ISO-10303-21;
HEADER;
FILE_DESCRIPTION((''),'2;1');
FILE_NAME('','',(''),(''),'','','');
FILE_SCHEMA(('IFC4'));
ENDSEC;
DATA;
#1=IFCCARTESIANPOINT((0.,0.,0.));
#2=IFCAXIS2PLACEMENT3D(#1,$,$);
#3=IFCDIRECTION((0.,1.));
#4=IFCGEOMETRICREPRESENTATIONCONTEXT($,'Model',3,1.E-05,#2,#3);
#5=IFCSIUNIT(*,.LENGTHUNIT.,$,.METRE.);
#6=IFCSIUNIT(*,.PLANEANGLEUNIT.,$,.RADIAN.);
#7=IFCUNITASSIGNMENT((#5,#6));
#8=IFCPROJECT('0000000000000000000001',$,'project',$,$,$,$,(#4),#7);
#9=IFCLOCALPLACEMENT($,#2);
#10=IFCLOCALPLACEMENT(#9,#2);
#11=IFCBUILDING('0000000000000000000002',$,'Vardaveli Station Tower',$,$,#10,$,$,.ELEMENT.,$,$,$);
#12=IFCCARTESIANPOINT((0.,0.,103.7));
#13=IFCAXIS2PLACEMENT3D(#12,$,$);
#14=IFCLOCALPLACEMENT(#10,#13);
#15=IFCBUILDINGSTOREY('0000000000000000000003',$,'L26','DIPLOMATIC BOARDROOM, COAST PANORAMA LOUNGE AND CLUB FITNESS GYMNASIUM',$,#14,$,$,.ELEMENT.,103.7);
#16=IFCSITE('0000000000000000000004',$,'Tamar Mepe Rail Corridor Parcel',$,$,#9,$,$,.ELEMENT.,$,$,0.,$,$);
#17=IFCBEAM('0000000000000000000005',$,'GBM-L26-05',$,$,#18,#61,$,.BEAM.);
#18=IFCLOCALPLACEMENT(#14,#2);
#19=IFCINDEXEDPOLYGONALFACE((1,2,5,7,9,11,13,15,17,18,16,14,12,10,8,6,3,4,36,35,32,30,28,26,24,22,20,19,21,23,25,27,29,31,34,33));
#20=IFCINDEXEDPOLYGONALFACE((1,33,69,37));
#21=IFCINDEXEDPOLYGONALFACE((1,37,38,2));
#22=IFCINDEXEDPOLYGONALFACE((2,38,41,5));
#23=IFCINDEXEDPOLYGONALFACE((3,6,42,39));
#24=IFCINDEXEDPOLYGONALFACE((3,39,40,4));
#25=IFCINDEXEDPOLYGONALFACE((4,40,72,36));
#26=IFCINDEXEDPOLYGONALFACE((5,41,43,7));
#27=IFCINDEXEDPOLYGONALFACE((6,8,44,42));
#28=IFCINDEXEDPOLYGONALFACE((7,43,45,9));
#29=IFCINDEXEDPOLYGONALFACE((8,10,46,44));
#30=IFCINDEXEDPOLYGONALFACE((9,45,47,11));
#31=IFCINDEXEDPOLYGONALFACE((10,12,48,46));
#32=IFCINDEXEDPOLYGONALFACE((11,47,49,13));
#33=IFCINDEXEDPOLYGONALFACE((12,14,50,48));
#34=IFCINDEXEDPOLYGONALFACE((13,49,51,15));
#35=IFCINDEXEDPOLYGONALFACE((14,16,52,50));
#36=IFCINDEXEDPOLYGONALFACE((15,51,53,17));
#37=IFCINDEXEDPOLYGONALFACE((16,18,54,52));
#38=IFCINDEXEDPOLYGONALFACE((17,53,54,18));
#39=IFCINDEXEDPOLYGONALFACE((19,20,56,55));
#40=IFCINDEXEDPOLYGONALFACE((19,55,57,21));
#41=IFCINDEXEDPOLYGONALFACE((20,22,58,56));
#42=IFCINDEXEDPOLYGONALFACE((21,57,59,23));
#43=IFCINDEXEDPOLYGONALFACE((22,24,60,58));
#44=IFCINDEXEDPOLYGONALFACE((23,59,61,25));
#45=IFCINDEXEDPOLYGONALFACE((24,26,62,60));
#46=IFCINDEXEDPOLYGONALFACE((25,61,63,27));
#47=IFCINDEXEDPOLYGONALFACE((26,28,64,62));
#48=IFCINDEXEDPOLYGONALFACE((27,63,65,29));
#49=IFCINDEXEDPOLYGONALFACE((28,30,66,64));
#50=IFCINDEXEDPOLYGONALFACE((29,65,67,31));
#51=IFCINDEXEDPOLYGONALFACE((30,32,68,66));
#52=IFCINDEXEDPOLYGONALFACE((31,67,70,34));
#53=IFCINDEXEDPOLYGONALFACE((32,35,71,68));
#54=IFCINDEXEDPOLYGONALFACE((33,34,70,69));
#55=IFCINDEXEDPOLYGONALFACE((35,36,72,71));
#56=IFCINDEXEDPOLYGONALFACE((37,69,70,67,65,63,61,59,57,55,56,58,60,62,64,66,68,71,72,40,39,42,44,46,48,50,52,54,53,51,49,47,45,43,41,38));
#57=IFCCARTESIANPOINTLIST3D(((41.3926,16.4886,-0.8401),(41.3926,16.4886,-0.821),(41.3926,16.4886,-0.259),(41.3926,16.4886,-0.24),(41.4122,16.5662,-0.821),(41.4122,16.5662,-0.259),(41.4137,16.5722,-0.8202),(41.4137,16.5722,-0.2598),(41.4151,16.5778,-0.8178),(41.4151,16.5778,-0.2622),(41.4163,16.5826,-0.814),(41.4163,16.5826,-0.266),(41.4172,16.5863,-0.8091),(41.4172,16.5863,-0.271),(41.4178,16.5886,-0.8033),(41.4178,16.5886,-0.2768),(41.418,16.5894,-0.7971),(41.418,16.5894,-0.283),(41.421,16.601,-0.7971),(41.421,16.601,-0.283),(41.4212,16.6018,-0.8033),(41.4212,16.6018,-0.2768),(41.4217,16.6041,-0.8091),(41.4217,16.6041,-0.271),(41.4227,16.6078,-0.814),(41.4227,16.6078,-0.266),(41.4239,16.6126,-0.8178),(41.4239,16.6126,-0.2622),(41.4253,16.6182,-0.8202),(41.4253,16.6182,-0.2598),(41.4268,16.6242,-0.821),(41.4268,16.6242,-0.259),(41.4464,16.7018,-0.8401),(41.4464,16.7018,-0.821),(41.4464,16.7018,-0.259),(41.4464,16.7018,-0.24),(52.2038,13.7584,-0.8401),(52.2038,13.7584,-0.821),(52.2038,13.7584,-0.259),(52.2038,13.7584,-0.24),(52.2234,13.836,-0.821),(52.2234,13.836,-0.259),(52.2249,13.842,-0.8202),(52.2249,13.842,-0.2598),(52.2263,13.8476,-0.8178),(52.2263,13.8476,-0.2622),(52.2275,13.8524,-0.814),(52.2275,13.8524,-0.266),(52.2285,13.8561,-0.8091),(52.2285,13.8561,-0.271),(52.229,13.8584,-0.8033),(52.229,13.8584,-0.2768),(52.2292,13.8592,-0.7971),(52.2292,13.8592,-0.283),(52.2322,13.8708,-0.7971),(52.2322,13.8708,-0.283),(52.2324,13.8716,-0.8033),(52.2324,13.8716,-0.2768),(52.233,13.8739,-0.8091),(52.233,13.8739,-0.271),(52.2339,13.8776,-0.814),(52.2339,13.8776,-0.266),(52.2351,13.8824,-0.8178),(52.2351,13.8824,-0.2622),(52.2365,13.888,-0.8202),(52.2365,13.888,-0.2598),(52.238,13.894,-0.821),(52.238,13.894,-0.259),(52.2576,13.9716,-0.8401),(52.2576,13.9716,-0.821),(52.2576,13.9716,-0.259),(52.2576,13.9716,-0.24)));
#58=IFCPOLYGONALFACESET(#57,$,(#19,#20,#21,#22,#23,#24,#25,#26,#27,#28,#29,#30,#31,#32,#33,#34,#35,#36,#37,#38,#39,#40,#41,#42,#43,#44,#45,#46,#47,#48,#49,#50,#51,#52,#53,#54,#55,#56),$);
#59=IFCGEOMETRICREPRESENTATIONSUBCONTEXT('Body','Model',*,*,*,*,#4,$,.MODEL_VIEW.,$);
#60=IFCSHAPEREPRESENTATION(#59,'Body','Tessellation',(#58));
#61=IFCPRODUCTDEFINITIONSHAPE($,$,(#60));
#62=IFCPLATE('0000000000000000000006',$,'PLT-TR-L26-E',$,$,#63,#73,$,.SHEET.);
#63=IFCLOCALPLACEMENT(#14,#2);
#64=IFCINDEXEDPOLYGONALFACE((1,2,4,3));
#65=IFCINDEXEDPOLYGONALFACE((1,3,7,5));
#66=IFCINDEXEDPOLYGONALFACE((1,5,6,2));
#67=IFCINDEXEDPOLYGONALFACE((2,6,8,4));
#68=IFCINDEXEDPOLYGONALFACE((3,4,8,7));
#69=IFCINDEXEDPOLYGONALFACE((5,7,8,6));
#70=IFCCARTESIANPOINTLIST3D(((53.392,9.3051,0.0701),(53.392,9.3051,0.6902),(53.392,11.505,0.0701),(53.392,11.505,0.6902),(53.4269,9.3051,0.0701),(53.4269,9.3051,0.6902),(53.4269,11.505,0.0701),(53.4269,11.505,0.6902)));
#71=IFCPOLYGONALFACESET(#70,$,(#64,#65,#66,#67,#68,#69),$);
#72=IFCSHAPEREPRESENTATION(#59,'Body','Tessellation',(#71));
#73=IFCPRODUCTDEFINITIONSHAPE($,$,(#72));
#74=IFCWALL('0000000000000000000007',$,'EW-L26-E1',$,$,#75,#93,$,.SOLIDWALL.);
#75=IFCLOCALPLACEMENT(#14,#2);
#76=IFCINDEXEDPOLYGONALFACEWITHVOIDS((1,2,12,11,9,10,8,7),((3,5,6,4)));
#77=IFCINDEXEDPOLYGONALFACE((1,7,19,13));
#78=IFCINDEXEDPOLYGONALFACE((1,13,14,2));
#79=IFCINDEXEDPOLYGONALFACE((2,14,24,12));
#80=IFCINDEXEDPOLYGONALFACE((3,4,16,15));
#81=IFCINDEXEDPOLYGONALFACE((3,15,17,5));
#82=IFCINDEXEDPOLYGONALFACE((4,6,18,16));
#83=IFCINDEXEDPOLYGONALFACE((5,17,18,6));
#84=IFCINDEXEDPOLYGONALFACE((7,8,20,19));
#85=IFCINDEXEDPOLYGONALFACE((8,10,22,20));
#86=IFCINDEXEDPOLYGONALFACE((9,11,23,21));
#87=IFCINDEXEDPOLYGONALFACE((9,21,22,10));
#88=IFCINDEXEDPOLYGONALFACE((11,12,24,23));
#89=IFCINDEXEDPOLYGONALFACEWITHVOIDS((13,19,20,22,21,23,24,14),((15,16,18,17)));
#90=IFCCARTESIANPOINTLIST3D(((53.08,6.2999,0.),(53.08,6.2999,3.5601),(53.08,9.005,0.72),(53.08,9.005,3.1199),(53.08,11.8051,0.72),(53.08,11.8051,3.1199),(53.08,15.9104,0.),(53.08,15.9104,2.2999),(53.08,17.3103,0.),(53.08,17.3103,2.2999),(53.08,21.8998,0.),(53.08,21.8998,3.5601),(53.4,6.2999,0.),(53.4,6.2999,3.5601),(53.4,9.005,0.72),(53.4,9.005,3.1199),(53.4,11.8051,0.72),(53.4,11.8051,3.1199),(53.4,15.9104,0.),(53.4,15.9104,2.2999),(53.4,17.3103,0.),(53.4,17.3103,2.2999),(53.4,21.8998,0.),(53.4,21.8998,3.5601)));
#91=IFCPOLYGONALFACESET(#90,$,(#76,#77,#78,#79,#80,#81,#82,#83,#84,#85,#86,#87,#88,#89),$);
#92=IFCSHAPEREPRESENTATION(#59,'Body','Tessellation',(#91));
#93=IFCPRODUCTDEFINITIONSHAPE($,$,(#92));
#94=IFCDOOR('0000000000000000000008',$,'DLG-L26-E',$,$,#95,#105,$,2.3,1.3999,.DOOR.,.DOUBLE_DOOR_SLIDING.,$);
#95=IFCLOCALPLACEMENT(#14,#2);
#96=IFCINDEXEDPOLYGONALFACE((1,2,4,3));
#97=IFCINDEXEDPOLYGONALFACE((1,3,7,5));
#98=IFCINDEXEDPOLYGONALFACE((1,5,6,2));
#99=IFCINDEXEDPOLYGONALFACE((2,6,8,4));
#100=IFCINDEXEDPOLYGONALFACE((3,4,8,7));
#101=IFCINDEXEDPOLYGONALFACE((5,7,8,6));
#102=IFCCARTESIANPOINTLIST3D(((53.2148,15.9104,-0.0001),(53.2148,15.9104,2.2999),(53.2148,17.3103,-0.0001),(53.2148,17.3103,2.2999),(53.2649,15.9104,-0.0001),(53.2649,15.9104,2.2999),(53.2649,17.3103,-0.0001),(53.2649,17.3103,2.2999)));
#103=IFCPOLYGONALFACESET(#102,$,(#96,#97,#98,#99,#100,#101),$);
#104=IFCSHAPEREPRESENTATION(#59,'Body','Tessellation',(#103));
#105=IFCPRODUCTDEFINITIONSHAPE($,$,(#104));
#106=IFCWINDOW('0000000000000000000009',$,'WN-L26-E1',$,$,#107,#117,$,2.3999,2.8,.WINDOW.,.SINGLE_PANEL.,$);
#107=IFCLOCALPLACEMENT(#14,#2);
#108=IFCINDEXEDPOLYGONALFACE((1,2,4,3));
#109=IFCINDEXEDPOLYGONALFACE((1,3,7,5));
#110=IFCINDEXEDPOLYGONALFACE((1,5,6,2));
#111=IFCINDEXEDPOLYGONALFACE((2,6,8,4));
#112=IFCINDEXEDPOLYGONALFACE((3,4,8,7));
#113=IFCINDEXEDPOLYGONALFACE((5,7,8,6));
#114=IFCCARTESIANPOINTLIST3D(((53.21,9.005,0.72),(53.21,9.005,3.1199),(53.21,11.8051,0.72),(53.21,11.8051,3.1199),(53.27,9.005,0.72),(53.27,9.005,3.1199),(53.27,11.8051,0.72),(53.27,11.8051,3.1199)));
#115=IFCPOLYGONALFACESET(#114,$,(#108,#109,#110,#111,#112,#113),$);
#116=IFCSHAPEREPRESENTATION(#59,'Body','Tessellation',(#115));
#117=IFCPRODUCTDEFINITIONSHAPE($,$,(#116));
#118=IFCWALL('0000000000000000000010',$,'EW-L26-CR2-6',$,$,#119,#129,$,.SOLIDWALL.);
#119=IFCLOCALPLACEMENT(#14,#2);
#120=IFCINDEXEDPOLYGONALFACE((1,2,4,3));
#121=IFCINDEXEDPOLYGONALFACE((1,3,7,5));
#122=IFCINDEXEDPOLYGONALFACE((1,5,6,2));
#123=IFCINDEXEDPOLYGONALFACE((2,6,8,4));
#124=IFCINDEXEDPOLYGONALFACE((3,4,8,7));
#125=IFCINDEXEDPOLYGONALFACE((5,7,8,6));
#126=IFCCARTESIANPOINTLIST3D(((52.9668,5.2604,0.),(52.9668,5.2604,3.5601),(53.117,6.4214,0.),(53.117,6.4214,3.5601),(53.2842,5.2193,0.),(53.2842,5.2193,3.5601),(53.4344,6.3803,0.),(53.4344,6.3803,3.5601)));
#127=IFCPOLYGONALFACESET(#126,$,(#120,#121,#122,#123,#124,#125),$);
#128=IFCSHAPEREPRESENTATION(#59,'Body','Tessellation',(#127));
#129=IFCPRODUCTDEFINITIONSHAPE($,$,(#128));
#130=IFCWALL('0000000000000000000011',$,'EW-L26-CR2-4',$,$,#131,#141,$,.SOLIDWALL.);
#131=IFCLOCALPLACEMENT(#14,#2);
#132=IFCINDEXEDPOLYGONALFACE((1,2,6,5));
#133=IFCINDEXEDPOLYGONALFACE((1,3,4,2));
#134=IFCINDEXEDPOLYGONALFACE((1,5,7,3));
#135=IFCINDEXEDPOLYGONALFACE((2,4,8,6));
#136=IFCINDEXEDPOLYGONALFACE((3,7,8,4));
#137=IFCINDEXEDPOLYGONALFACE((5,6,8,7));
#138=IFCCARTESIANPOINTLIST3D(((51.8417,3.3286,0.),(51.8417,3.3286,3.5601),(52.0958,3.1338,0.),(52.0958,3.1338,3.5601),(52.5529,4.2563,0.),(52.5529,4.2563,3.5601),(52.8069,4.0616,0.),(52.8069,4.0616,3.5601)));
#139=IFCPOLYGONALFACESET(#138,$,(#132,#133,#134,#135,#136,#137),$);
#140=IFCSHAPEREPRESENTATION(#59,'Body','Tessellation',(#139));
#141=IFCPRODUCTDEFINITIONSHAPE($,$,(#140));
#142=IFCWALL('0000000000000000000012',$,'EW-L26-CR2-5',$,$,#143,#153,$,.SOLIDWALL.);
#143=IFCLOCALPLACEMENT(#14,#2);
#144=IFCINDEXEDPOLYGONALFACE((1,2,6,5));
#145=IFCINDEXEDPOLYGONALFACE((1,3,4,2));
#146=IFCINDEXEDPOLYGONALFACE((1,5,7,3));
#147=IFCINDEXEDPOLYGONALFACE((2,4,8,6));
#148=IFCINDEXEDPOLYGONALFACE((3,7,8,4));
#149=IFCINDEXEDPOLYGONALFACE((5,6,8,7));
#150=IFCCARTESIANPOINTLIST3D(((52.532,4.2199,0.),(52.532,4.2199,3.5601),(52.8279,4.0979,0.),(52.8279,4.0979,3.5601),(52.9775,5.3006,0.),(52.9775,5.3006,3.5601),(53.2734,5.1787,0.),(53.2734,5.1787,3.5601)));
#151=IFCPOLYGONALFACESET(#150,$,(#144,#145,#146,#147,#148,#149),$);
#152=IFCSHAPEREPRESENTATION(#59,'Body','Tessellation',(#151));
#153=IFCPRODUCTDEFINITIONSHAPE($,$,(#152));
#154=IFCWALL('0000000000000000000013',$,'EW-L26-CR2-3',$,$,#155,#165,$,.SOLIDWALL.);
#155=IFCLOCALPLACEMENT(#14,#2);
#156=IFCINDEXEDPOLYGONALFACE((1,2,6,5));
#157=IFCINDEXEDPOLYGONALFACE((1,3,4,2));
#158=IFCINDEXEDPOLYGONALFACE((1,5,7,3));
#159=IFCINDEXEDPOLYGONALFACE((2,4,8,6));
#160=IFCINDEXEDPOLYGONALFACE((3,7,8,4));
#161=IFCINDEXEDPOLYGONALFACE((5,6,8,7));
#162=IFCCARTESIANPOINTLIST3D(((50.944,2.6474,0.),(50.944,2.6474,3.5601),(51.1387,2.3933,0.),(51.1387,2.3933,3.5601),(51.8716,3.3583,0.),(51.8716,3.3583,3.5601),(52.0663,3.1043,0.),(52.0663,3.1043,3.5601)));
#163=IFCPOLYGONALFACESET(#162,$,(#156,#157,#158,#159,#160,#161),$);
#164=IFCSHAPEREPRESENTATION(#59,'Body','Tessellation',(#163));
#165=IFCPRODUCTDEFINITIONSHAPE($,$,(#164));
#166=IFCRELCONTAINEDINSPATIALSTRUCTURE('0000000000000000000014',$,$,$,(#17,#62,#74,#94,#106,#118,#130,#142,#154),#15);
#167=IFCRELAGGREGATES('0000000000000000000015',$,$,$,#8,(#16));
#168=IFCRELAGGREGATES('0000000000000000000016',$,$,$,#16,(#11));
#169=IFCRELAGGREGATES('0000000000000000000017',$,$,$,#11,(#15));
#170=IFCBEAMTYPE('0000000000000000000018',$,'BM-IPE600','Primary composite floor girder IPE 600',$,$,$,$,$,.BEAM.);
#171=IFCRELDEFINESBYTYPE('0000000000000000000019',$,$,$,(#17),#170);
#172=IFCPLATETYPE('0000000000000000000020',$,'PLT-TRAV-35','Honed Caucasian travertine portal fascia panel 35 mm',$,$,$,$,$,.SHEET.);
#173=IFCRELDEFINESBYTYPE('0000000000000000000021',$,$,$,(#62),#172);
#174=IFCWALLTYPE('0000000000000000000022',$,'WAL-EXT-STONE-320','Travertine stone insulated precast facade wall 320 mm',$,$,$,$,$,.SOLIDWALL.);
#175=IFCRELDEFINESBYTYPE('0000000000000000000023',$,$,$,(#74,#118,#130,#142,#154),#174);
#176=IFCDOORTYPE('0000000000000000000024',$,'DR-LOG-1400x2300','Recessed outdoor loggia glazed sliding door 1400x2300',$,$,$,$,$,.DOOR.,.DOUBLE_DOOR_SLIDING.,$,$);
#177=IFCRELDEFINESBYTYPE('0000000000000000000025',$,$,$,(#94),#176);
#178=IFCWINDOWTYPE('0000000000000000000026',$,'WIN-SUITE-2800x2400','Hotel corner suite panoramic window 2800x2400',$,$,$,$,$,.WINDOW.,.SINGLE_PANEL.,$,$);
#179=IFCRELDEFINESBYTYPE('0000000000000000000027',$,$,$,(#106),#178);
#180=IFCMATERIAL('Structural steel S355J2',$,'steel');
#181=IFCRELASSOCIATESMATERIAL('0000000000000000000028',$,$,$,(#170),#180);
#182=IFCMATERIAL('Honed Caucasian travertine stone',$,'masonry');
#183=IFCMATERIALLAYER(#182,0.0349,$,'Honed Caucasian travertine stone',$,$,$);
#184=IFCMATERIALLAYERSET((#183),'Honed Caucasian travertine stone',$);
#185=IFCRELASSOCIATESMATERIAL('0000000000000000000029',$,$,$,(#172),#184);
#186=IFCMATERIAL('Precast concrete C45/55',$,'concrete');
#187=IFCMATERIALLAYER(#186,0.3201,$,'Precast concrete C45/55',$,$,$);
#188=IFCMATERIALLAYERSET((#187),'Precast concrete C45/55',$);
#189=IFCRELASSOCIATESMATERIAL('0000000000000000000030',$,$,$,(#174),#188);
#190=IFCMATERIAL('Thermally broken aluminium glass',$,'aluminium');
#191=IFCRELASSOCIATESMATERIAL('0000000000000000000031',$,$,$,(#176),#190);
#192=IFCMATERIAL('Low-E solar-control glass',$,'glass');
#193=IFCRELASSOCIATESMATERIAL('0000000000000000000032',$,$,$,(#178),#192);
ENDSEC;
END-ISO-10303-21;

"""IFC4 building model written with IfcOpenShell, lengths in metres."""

from ifc_helpers import new_model, si_unit, direction, frame, frame_2d, origin, origin_2d, place, context, subcontext, project, spatial, rectangle, i_section, extrude, source, transform, mapped, material, layer, layer_set, material_profile, profile_set, type_object, element, fill, save


model = new_model("IFC4")

# Units and contexts
model_context = context("Model", 3, precision=1e-05, world=origin(), true_north=direction((0.0, 1.0)))
body_context = subcontext(model_context, "Body", "Model", "MODEL_VIEW")
ifc_project = project(units=[si_unit("LENGTHUNIT", "METRE"), si_unit("PLANEANGLEUNIT", "RADIAN")], contexts=[model_context])

# Site, building, storey
site_placement = place(None, origin())
site = spatial("IfcSite", under=ifc_project, at=site_placement, Name="Tamar Mepe Rail Corridor Parcel", CompositionType="ELEMENT", RefElevation=0.0)
building_placement = place(site_placement, origin())
building = spatial("IfcBuilding", under=site, at=building_placement, Name="Vardaveli Station Tower", CompositionType="ELEMENT")
storey_placement = place(building_placement, frame((0.0, 0.0, 103.7)))
storey = spatial("IfcBuildingStorey", under=building, at=storey_placement, Name="L26", Description="DIPLOMATIC BOARDROOM, COAST PANORAMA LOUNGE AND CLUB FITNESS GYMNASIUM", CompositionType="ELEMENT", Elevation=103.7)

# Beam
ifc_material_1 = material(Name="Precast concrete C45/55", Category="concrete")
ifc_material_2 = material(Name="Structural steel S355J2", Category="steel")
ifc_material_profile_1 = material_profile(ifc_material_2, i_section(OverallWidth=0.22, OverallDepth=0.6001, WebThickness=0.012, FlangeThickness=0.019, FilletRadius=0.0239, at=origin_2d()), Name="IPE 600")
ifc_profile_set_1 = profile_set([ifc_material_profile_1], Name="Structural steel S355J2")
beam_type_1 = type_object("IfcBeamType", Name="BM-IPE600", Description="Primary composite floor girder IPE 600", PredefinedType="BEAM", material=ifc_profile_set_1)
shared_shape_1 = source(origin(), body_context, "Body", "SweptSolid", [
    extrude(i_section(OverallWidth=0.22, OverallDepth=0.6001, WebThickness=0.012, FlangeThickness=0.019, FilletRadius=0.0239, at=origin_2d()), origin(), (0.0, 0.0, 1.0), 11.1506),
])
beam_1_placement = place(storey_placement, frame((52.2307, 13.865, -0.54), z_axis=(-0.969561, 0.244848, 0.0), x_axis=(-0.244848, -0.969561, 0.0)))
element("IfcBeam", 1, at=beam_1_placement, inside=storey, type_object=beam_type_1, Name="GBM-L26-05", PredefinedType="BEAM", context=body_context, shape_type="MappedRepresentation", body=[
    mapped(shared_shape_1, transform((0.0, 0.0, 0.0), scale=1.0)),
])

# Plate
ifc_material_3 = material(Name="Honed Caucasian travertine stone", Category="masonry")
ifc_layer_1 = layer(ifc_material_3, 0.0349, Name="Honed Caucasian travertine stone")
ifc_layer_set_1 = layer_set([ifc_layer_1], Name="Honed Caucasian travertine stone")
plate_type = type_object("IfcPlateType", Name="PLT-TRAV-35", Description="Honed Caucasian travertine portal fascia panel 35 mm", PredefinedType="SHEET", material=ifc_layer_set_1)
shared_shape_2 = source(origin(), body_context, "Body", "SweptSolid", [
    extrude(rectangle(XDim=2.2, YDim=0.0349, at=origin_2d()), origin(), (0.0, 0.0, 1.0), 0.6201),
])
plate_placement = place(storey_placement, frame((53.4094, 10.405, 0.0701), z_axis=(0.0, 0.0, 1.0), x_axis=(0.0, 1.0, 0.0)))
element("IfcPlate", 2, at=plate_placement, inside=storey, type_object=plate_type, Name="PLT-TR-L26-E", PredefinedType="SHEET", context=body_context, shape_type="MappedRepresentation", body=[
    mapped(shared_shape_2, transform((0.0, 0.0, 0.0), scale=1.0)),
])

# Wall, openings, door, window
ifc_layer_2 = layer(ifc_material_1, 0.3201, Name="Precast concrete C45/55")
ifc_layer_set_2 = layer_set([ifc_layer_2], Name="Precast concrete C45/55")
wall_type_1 = type_object("IfcWallType", Name="WAL-EXT-STONE-320", Description="Travertine stone insulated precast facade wall 320 mm", PredefinedType="SOLIDWALL", material=ifc_layer_set_2)
shared_shape_3 = source(origin(), body_context, "Body", "SweptSolid", [
    extrude(rectangle(XDim=15.5999, YDim=0.3201, at=frame_2d((7.7998, 0.0))), origin(), (0.0, 0.0, 1.0), 3.5601),
])
wall_1_placement = place(storey_placement, frame((53.24, 6.3, 0.0), z_axis=(0.0, 0.0, 1.0), x_axis=(0.0, 1.0, 0.0)))
wall_1 = element("IfcWall", 3, at=wall_1_placement, inside=storey, type_object=wall_type_1, Name="EW-L26-E1", PredefinedType="SOLIDWALL", context=body_context, shape_type="MappedRepresentation", body=[
    mapped(shared_shape_3, transform((0.0, 0.0, 0.0), scale=1.0)),
])
shared_shape_4 = source(origin(), body_context, "Body", "SweptSolid", [
    extrude(rectangle(XDim=1.3999, YDim=2.3, at=frame_2d((0.7, 1.1499))), frame((0.0, 0.1699, 0.0), z_axis=(0.0, -1.0, 0.0), x_axis=(1.0, 0.0, 0.0)), (0.0, 0.0, 1.0), 0.3401),
])
opening_1_placement = place(wall_1_placement, frame((9.6104, 0.0, 0.0)))
opening_1 = element("IfcOpeningElement", 4, at=opening_1_placement, cuts=wall_1, PredefinedType="OPENING", context=body_context, shape_type="MappedRepresentation", body=[
    mapped(shared_shape_4, transform((0.0, 0.0, 0.0), scale=1.0)),
])
shared_shape_5 = source(origin(), body_context, "Body", "SweptSolid", [
    extrude(rectangle(XDim=2.8, YDim=2.3999, at=frame_2d((1.3999, 1.2))), frame((0.0, 0.1699, 0.0), z_axis=(0.0, -1.0, 0.0), x_axis=(1.0, 0.0, 0.0)), (0.0, 0.0, 1.0), 0.3401),
])
opening_2_placement = place(wall_1_placement, frame((2.7051, 0.0, 0.72)))
opening_2 = element("IfcOpeningElement", 5, at=opening_2_placement, cuts=wall_1, PredefinedType="OPENING", context=body_context, shape_type="MappedRepresentation", body=[
    mapped(shared_shape_5, transform((0.0, 0.0, 0.0), scale=1.0)),
])
ifc_material_4 = material(Name="Thermally broken aluminium glass", Category="aluminium")
door_type_1 = type_object("IfcDoorType", Name="DR-LOG-1400x2300", Description="Recessed outdoor loggia glazed sliding door 1400x2300", OperationType="DOUBLE_DOOR_SLIDING", PredefinedType="DOOR", material=ifc_material_4)
shared_shape_6 = source(origin(), body_context, "Body", "SweptSolid", [
    extrude(rectangle(XDim=1.3999, YDim=2.3, at=frame_2d((0.7, 1.1499))), frame((0.0, 0.0249, 0.0), z_axis=(0.0, -1.0, 0.0), x_axis=(1.0, 0.0, 0.0)), (0.0, 0.0, 1.0), 0.05),
])
door_1_placement = place(opening_1_placement, frame((1.3999, 0.0, 0.0), z_axis=(0.0, 0.0, 1.0), x_axis=(-1.0, 0.0, 0.0)))
door_1 = element("IfcDoor", 6, at=door_1_placement, inside=storey, type_object=door_type_1, Name="DLG-L26-E", OperationType="DOUBLE_DOOR_SLIDING", OverallHeight=2.3, OverallWidth=1.3999, PredefinedType="DOOR", context=body_context, shape_type="MappedRepresentation", body=[
    mapped(shared_shape_6, transform((0.0, 0.0, 0.0), scale=1.0)),
])
fill(opening_1, door_1)
ifc_material_5 = material(Name="Low-E solar-control glass", Category="glass")
window_type = type_object("IfcWindowType", Name="WIN-SUITE-2800x2400", Description="Hotel corner suite panoramic window 2800x2400", PartitioningType="SINGLE_PANEL", PredefinedType="WINDOW", material=ifc_material_5)
shared_shape_7 = source(origin(), body_context, "Body", "SweptSolid", [
    extrude(rectangle(XDim=2.8, YDim=2.3999, at=frame_2d((1.3999, 1.2))), frame((0.0, 0.03, 0.0), z_axis=(0.0, -1.0, 0.0), x_axis=(1.0, 0.0, 0.0)), (0.0, 0.0, 1.0), 0.0601),
])
window_placement = place(opening_2_placement, origin())
window = element("IfcWindow", 7, at=window_placement, inside=storey, type_object=window_type, Name="WN-L26-E1", OverallHeight=2.3999, OverallWidth=2.8, PartitioningType="SINGLE_PANEL", PredefinedType="WINDOW", context=body_context, shape_type="MappedRepresentation", body=[
    mapped(shared_shape_7, transform((0.0, 0.0, 0.0), scale=1.0)),
])
fill(opening_2, window)

# Walls
shared_shape_8 = source(origin(), body_context, "Body", "SweptSolid", [
    extrude(rectangle(XDim=1.1707, YDim=0.3201, at=frame_2d((0.5854, 0.0))), origin(), (0.0, 0.0, 1.0), 3.5601),
])
wall_2_placement = place(storey_placement, frame((53.1255, 5.2397, 0.0), z_axis=(0.0, 0.0, 1.0), x_axis=(0.128269, 0.991739, 0.0)))
element("IfcWall", 8, at=wall_2_placement, inside=storey, type_object=wall_type_1, Name="EW-L26-CR2-6", PredefinedType="SOLIDWALL", context=body_context, shape_type="MappedRepresentation", body=[
    mapped(shared_shape_8, transform((0.0, 0.0, 0.0), scale=1.0)),
])
shared_shape_9 = source(origin(), body_context, "Body", "SweptSolid", [
    extrude(rectangle(XDim=1.1689, YDim=0.3201, at=frame_2d((0.5845, 0.0))), origin(), (0.0, 0.0, 1.0), 3.5601),
])
for number, where, z_axis, x_axis, name in (
    (9, (51.9688, 3.2312, 0.0), (0.0, 0.0, 1.0), (0.608388, 0.79364, 0.0), "EW-L26-CR2-4"),
    (10, (52.6799, 4.1589, 0.0), (0.0, 0.0, 1.0), (0.381128, 0.924522, 0.0), "EW-L26-CR2-5"),
):
    element("IfcWall", number, at=place(storey_placement, frame(where, z_axis=z_axis, x_axis=x_axis)), inside=storey, type_object=wall_type_1, Name=name, PredefinedType="SOLIDWALL", context=body_context, shape_type="MappedRepresentation", body=[
        mapped(shared_shape_9, transform((0.0, 0.0, 0.0), scale=1.0)),
    ])
shared_shape_10 = source(origin(), body_context, "Body", "SweptSolid", [
    extrude(rectangle(XDim=1.1687, YDim=0.3201, at=frame_2d((0.5845, 0.0))), origin(), (0.0, 0.0, 1.0), 3.5601),
])
wall_3_placement = place(storey_placement, frame((51.0413, 2.5203, 0.0), z_axis=(0.0, 0.0, 1.0), x_axis=(0.793664, 0.608357, 0.0)))
element("IfcWall", 11, at=wall_3_placement, inside=storey, type_object=wall_type_1, Name="EW-L26-CR2-3", PredefinedType="SOLIDWALL", context=body_context, shape_type="MappedRepresentation", body=[
    mapped(shared_shape_10, transform((0.0, 0.0, 0.0), scale=1.0)),
])

save(model, "model.ifc")
